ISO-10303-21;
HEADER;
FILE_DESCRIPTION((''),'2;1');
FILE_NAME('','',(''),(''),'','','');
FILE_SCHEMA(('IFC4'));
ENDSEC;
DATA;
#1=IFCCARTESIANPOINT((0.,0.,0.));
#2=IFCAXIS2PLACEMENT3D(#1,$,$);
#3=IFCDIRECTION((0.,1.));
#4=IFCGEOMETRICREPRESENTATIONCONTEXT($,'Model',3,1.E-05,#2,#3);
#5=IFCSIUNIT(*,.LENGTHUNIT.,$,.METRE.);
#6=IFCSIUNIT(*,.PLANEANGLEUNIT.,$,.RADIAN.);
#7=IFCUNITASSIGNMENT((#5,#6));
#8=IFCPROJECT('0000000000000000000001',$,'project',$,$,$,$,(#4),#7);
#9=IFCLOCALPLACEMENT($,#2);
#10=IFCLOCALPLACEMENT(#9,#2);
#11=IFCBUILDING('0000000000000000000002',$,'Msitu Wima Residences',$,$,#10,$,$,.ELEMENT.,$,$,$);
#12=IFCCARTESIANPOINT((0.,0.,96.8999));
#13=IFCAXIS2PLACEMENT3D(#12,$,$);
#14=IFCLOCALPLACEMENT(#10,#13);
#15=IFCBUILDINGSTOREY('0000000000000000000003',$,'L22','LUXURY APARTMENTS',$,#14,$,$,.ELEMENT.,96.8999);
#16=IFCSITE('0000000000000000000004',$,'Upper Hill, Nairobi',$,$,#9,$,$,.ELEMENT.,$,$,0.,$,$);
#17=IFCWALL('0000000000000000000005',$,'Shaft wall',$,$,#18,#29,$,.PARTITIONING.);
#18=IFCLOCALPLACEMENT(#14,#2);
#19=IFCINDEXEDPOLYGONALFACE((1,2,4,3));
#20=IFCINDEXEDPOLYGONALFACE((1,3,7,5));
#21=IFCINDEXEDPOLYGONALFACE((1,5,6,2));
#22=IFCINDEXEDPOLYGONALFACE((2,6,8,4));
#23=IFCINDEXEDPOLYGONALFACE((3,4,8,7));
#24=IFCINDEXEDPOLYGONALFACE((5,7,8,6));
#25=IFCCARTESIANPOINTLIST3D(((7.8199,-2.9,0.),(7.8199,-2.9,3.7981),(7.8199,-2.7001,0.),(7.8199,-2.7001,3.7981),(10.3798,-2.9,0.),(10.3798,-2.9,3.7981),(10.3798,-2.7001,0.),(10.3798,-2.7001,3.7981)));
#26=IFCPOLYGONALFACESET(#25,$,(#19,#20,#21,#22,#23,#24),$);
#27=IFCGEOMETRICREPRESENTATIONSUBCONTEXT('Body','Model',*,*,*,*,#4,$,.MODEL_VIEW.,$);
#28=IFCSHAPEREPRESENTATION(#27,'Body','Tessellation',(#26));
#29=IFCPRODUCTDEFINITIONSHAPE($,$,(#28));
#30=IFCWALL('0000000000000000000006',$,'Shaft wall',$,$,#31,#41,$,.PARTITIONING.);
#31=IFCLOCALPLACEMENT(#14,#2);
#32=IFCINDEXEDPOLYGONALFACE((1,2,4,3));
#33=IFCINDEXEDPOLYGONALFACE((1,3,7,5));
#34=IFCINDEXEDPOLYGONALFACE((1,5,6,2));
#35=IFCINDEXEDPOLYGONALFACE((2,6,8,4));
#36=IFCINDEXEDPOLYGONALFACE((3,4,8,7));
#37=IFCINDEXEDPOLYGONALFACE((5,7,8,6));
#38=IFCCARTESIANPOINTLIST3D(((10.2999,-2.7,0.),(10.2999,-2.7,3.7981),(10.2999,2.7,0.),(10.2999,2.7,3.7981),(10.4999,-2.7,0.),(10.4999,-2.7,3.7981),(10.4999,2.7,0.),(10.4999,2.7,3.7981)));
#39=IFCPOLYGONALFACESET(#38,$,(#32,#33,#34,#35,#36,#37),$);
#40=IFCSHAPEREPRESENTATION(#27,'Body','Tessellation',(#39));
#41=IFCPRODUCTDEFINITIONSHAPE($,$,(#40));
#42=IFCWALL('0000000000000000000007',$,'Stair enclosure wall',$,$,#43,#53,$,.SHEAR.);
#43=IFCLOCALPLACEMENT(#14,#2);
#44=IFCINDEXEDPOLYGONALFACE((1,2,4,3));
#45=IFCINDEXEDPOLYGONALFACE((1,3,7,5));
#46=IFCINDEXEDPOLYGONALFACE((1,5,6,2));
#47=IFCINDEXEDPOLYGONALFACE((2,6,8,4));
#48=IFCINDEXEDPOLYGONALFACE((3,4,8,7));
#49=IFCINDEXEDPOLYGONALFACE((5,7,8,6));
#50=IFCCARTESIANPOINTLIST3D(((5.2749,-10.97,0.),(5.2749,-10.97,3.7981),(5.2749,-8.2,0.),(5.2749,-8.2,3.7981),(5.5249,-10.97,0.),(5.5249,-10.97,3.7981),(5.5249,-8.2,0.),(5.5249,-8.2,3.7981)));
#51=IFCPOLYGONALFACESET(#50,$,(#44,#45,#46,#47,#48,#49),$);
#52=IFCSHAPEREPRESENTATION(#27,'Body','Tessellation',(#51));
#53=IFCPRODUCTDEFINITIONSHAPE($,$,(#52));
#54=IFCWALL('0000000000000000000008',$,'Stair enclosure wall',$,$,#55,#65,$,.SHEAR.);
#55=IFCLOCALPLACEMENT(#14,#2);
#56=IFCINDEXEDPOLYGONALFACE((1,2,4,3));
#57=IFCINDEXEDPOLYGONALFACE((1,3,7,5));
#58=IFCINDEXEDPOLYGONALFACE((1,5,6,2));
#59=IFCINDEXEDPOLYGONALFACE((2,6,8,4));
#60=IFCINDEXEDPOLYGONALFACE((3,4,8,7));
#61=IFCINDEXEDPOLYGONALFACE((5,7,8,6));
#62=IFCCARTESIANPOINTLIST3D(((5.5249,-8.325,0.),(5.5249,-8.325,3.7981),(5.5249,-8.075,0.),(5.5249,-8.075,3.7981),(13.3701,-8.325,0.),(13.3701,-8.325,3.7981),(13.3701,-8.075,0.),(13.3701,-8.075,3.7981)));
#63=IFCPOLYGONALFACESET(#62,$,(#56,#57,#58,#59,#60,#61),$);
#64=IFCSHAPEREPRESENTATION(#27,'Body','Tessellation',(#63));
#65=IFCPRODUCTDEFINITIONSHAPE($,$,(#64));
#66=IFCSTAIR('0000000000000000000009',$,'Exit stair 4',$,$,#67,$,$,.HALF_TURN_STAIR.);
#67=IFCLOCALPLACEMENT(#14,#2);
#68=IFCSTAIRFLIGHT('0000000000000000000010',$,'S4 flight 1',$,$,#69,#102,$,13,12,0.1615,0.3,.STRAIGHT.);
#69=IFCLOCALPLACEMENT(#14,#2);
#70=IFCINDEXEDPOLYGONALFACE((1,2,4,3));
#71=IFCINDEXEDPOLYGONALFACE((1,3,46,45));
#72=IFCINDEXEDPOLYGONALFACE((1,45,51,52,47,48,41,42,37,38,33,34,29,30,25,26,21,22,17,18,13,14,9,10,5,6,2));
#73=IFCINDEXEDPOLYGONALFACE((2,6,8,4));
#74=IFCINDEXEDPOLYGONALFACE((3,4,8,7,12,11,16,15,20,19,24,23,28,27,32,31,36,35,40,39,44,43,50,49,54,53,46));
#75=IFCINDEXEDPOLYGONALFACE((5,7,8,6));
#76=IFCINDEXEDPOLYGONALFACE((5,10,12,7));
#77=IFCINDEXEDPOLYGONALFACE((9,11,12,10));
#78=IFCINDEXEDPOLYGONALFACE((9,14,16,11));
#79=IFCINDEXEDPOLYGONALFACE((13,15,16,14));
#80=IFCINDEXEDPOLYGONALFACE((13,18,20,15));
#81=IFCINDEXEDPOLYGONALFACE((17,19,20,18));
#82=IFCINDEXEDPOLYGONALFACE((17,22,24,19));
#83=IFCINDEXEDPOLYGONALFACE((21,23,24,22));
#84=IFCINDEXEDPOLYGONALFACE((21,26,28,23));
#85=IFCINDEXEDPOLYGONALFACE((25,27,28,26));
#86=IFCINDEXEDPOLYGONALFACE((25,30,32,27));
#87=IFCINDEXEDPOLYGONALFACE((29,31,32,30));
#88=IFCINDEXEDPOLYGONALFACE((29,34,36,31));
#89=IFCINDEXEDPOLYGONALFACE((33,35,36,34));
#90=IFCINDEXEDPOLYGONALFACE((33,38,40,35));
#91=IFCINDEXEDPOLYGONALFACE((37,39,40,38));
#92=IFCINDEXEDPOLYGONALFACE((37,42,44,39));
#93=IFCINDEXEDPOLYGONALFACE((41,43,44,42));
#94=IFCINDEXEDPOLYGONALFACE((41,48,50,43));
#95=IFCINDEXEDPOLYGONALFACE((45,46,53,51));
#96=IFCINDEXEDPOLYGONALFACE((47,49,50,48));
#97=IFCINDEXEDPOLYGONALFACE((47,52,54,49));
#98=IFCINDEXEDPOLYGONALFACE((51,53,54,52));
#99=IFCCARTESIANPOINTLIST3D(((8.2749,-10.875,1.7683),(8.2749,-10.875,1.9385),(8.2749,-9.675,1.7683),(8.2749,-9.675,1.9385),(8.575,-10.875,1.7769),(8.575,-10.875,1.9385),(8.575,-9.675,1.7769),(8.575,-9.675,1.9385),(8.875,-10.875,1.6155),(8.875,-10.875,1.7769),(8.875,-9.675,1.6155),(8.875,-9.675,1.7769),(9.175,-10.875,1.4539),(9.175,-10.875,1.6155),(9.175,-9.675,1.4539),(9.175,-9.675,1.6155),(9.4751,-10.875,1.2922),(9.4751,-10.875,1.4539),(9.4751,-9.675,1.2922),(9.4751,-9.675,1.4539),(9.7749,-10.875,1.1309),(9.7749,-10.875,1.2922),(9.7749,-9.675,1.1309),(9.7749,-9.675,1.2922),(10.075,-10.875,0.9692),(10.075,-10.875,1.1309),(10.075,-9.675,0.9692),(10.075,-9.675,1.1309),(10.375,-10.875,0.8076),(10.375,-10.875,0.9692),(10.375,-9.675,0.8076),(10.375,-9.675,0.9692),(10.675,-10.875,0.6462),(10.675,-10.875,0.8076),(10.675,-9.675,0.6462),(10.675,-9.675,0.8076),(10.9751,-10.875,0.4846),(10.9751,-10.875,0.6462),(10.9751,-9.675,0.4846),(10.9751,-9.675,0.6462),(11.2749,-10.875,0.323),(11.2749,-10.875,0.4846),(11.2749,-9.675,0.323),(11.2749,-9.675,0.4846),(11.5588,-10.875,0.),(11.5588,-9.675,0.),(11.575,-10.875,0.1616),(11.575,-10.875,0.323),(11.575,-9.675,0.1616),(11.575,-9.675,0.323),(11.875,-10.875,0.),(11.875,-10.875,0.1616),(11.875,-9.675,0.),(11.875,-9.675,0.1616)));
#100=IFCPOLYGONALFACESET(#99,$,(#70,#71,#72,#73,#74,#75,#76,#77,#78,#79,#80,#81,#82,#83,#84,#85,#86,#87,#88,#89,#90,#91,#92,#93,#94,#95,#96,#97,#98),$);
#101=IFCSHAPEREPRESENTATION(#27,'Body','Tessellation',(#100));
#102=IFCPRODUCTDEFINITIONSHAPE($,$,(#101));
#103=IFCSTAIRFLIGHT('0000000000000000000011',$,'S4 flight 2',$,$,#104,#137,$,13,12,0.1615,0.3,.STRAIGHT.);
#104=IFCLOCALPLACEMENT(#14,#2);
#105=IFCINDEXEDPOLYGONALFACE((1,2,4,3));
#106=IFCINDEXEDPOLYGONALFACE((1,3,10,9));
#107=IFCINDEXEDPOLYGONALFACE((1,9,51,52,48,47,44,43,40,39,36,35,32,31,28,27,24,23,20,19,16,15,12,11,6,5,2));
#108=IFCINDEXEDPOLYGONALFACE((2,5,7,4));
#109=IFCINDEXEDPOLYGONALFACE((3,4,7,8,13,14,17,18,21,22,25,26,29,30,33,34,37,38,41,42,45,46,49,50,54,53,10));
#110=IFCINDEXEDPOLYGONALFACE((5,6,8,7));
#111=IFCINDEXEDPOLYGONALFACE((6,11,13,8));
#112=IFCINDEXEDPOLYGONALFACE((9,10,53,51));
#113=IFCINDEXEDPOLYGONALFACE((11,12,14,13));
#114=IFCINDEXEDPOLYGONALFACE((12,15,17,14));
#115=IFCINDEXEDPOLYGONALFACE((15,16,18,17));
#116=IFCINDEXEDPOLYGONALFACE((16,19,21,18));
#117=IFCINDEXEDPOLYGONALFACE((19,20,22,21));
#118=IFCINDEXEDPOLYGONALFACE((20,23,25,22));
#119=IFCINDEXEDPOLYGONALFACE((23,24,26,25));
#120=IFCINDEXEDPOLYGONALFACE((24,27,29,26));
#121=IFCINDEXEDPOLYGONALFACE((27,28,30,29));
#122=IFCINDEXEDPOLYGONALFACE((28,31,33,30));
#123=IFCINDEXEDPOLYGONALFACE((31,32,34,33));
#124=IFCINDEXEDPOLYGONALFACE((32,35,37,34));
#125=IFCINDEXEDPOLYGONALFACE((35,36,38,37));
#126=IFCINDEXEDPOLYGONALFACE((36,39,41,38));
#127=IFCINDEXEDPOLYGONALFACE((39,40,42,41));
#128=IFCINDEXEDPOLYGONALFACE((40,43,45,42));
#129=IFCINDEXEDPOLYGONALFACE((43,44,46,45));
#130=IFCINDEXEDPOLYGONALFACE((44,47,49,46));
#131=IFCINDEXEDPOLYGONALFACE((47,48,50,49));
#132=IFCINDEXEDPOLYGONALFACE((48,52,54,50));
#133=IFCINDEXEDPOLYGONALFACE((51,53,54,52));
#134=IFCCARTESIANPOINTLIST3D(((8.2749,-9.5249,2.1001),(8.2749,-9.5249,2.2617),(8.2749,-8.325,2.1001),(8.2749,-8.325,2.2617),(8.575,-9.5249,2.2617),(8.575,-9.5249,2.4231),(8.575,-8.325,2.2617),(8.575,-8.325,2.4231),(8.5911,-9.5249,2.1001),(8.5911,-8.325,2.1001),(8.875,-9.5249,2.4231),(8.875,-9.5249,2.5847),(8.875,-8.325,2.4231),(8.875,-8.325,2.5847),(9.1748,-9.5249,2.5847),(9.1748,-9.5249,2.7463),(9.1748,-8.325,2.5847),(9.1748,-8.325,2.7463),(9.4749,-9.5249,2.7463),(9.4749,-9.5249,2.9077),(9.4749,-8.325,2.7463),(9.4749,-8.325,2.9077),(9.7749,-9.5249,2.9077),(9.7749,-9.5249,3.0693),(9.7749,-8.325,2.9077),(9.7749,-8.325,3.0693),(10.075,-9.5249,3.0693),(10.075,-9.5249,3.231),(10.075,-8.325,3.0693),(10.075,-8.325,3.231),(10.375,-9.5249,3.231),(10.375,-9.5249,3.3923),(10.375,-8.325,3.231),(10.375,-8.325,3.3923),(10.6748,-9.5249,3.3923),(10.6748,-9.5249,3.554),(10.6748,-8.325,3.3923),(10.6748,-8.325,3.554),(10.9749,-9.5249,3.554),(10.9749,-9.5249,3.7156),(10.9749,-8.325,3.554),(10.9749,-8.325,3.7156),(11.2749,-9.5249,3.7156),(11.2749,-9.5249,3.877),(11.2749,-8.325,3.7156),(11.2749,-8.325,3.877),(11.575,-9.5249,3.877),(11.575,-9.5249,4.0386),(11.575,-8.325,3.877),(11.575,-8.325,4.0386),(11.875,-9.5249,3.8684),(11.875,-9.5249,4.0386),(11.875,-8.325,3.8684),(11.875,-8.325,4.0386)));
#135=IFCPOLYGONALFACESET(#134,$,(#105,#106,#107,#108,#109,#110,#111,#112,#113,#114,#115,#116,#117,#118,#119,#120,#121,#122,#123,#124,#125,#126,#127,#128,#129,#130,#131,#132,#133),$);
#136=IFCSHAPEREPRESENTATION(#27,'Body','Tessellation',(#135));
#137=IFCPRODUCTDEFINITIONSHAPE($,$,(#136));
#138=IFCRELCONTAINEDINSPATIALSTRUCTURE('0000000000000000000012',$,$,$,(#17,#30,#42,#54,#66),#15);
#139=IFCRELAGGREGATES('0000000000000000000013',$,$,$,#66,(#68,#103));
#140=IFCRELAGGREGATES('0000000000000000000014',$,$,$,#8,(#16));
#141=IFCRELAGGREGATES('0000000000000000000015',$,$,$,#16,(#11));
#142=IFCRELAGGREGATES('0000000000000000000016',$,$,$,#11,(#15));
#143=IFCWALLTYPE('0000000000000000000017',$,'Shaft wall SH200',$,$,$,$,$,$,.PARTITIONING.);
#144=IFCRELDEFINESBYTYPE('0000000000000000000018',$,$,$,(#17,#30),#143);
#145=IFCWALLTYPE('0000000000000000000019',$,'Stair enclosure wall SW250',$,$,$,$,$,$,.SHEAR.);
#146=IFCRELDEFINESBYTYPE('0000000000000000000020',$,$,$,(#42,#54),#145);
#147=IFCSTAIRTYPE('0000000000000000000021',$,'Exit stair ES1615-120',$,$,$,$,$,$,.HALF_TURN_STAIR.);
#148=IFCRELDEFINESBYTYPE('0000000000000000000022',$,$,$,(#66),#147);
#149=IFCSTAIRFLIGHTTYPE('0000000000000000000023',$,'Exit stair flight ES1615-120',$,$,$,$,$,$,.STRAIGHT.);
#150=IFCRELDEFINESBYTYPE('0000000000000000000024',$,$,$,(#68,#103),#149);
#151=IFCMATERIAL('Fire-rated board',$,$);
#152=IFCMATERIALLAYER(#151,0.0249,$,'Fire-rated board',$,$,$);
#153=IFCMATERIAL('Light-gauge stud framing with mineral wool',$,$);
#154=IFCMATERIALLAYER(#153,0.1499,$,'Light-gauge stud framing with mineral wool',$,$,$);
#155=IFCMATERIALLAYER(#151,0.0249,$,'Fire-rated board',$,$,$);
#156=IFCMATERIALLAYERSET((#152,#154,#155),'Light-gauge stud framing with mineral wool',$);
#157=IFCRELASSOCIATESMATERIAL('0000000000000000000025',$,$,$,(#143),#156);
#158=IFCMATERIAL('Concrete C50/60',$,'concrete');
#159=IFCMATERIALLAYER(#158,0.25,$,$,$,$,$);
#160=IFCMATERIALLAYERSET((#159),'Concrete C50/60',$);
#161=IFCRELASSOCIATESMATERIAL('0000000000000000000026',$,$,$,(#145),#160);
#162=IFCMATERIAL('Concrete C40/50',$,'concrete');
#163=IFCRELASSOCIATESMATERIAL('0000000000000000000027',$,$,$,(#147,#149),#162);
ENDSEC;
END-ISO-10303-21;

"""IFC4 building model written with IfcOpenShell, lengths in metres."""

from ifc_helpers import new_model, si_unit, direction, frame, frame_2d, origin, place, context, subcontext, project, spatial, polyline, rectangle, outline, extrude, material, layer, layer_set, type_object, element, aggregate, save


model = new_model("IFC4")

# Units and contexts
model_context = context("Model", 3, precision=1e-05, world=origin(), true_north=direction((0.0, 1.0)))
body_context = subcontext(model_context, "Body", "Model", "MODEL_VIEW")
ifc_project = project(units=[si_unit("LENGTHUNIT", "METRE"), si_unit("PLANEANGLEUNIT", "RADIAN")], contexts=[model_context])

# Site, building, storey
site_placement = place(None, origin())
site = spatial("IfcSite", under=ifc_project, at=site_placement, Name="Upper Hill, Nairobi", CompositionType="ELEMENT", RefElevation=0.0)
building_placement = place(site_placement, origin())
building = spatial("IfcBuilding", under=site, at=building_placement, Name="Msitu Wima Residences", CompositionType="ELEMENT")
storey_placement = place(building_placement, frame((0.0, 0.0, 96.8999)))
storey = spatial("IfcBuildingStorey", under=building, at=storey_placement, Name="L22", Description="LUXURY APARTMENTS", CompositionType="ELEMENT", Elevation=96.8999)

# Shared definitions
ifc_material_1 = material(Name="Concrete C40/50", Category="concrete")

# Walls
ifc_material_2 = material(Name="Fire-rated board")
ifc_layer_1 = layer(ifc_material_2, 0.0249, Name="Fire-rated board")
ifc_material_3 = material(Name="Light-gauge stud framing with mineral wool")
ifc_layer_2 = layer(ifc_material_3, 0.1499, Name="Light-gauge stud framing with mineral wool")
ifc_layer_3 = layer(ifc_material_2, 0.0249, Name="Fire-rated board")
ifc_layer_set_1 = layer_set([ifc_layer_1, ifc_layer_2, ifc_layer_3], Name="Light-gauge stud framing with mineral wool")
wall_type_1 = type_object("IfcWallType", Name="Shaft wall SH200", PredefinedType="PARTITIONING", material=ifc_layer_set_1)
wall_1_placement = place(storey_placement, frame((7.8201, -2.8, 0.0), z_axis=(0.0, 0.0, 1.0), x_axis=(1.0, 0.0, 0.0)))
element("IfcWall", 1, at=wall_1_placement, inside=storey, type_object=wall_type_1, Name="Shaft wall", PredefinedType="PARTITIONING", context=body_context, shape_type="SweptSolid", body=[
    extrude(rectangle(XDim=2.5598, YDim=0.2, at=frame_2d((1.2798, 0.0))), origin(), (0.0, 0.0, 1.0), 3.7981),
])
wall_2_placement = place(storey_placement, frame((10.3999, -2.7, 0.0), z_axis=(0.0, 0.0, 1.0), x_axis=(0.0, 1.0, 0.0)))
element("IfcWall", 2, at=wall_2_placement, inside=storey, type_object=wall_type_1, Name="Shaft wall", PredefinedType="PARTITIONING", context=body_context, shape_type="SweptSolid", body=[
    extrude(rectangle(XDim=5.3999, YDim=0.2, at=frame_2d((2.7, 0.0))), origin(), (0.0, 0.0, 1.0), 3.7981),
])
ifc_material_4 = material(Name="Concrete C50/60", Category="concrete")
ifc_layer_4 = layer(ifc_material_4, 0.25)
ifc_layer_set_2 = layer_set([ifc_layer_4], Name="Concrete C50/60")
wall_type_2 = type_object("IfcWallType", Name="Stair enclosure wall SW250", PredefinedType="SHEAR", material=ifc_layer_set_2)
wall_3_placement = place(storey_placement, frame((5.3999, -10.97, 0.0), z_axis=(0.0, 0.0, 1.0), x_axis=(0.0, 1.0, 0.0)))
element("IfcWall", 3, at=wall_3_placement, inside=storey, type_object=wall_type_2, Name="Stair enclosure wall", PredefinedType="SHEAR", context=body_context, shape_type="SweptSolid", body=[
    extrude(rectangle(XDim=2.77, YDim=0.25, at=frame_2d((1.385, 0.0))), origin(), (0.0, 0.0, 1.0), 3.7981),
])
wall_4_placement = place(storey_placement, frame((5.5249, -8.2, 0.0), z_axis=(0.0, 0.0, 1.0), x_axis=(1.0, 0.0, 0.0)))
element("IfcWall", 4, at=wall_4_placement, inside=storey, type_object=wall_type_2, Name="Stair enclosure wall", PredefinedType="SHEAR", context=body_context, shape_type="SweptSolid", body=[
    extrude(rectangle(XDim=7.8452, YDim=0.25, at=frame_2d((3.9226, 0.0))), origin(), (0.0, 0.0, 1.0), 3.7981),
])

# Stair, stair flights
stair_type = type_object("IfcStairType", Name="Exit stair ES1615-120", PredefinedType="HALF_TURN_STAIR", material=ifc_material_1)
stair_placement = place(storey_placement, origin())
stair = element("IfcStair", 5, at=stair_placement, inside=storey, type_object=stair_type, Name="Exit stair 4", PredefinedType="HALF_TURN_STAIR")
stair_flight_type = type_object("IfcStairFlightType", Name="Exit stair flight ES1615-120", PredefinedType="STRAIGHT", material=ifc_material_1)
stair_flight_1_placement = place(storey_placement, frame((11.875, -10.2749, 0.0), z_axis=(0.0, 0.0, 1.0), x_axis=(-1.0, 0.0, 0.0)))
stair_flight_1 = element("IfcStairFlight", 6, at=stair_flight_1_placement, type_object=stair_flight_type, Name="S4 flight 1", NumberOfRisers=13, NumberOfTreads=12, PredefinedType="STRAIGHT", RiserHeight=0.1615, TreadLength=0.3, context=body_context, shape_type="SweptSolid", body=[
    extrude(outline(polyline([(0.0, 0.0), (0.0, 0.1616), (0.3, 0.1616), (0.3, 0.323), (0.6001, 0.323), (0.6001, 0.4846), (0.8999, 0.4846), (0.8999, 0.6462), (1.2, 0.6462), (1.2, 0.8076), (1.5, 0.8076), (1.5, 0.9692), (1.8, 0.9692), (1.8, 1.1309), (2.1001, 1.1309), (2.1001, 1.2922), (2.3999, 1.2922), (2.3999, 1.4539), (2.7, 1.4539), (2.7, 1.6155), (3.0, 1.6155), (3.0, 1.7769), (3.3, 1.7769), (3.3, 1.9385), (3.6001, 1.9385), (3.6001, 2.1001), (3.6001, 1.7683), (0.3162, 0.0), (0.0, 0.0)])), frame((0.0, 0.6001, 0.0), z_axis=(0.0, -1.0, 0.0), x_axis=(1.0, 0.0, 0.0)), (0.0, 0.0, 1.0), 1.2),
])
stair_flight_2_placement = place(storey_placement, frame((8.2749, -8.925, 2.1001), z_axis=(0.0, 0.0, 1.0), x_axis=(1.0, 0.0, 0.0)))
stair_flight_2 = element("IfcStairFlight", 7, at=stair_flight_2_placement, type_object=stair_flight_type, Name="S4 flight 2", NumberOfRisers=13, NumberOfTreads=12, PredefinedType="STRAIGHT", RiserHeight=0.1615, TreadLength=0.3, context=body_context, shape_type="SweptSolid", body=[
    extrude(outline(polyline([(0.0, 0.0), (0.0, 0.1616), (0.3, 0.1616), (0.3, 0.323), (0.6001, 0.323), (0.6001, 0.4846), (0.8999, 0.4846), (0.8999, 0.6462), (1.2, 0.6462), (1.2, 0.8076), (1.5, 0.8076), (1.5, 0.9692), (1.8, 0.9692), (1.8, 1.1309), (2.1001, 1.1309), (2.1001, 1.2922), (2.3999, 1.2922), (2.3999, 1.4539), (2.7, 1.4539), (2.7, 1.6155), (3.0, 1.6155), (3.0, 1.7769), (3.3, 1.7769), (3.3, 1.9385), (3.6001, 1.9385), (3.6001, 2.1001), (3.6001, 1.7683), (0.3162, 0.0), (0.0, 0.0)])), frame((0.0, 0.6001, 0.0), z_axis=(0.0, -1.0, 0.0), x_axis=(1.0, 0.0, 0.0)), (0.0, 0.0, 1.0), 1.2),
])
aggregate(stair, [stair_flight_1, stair_flight_2])

save(model, "model.ifc")
